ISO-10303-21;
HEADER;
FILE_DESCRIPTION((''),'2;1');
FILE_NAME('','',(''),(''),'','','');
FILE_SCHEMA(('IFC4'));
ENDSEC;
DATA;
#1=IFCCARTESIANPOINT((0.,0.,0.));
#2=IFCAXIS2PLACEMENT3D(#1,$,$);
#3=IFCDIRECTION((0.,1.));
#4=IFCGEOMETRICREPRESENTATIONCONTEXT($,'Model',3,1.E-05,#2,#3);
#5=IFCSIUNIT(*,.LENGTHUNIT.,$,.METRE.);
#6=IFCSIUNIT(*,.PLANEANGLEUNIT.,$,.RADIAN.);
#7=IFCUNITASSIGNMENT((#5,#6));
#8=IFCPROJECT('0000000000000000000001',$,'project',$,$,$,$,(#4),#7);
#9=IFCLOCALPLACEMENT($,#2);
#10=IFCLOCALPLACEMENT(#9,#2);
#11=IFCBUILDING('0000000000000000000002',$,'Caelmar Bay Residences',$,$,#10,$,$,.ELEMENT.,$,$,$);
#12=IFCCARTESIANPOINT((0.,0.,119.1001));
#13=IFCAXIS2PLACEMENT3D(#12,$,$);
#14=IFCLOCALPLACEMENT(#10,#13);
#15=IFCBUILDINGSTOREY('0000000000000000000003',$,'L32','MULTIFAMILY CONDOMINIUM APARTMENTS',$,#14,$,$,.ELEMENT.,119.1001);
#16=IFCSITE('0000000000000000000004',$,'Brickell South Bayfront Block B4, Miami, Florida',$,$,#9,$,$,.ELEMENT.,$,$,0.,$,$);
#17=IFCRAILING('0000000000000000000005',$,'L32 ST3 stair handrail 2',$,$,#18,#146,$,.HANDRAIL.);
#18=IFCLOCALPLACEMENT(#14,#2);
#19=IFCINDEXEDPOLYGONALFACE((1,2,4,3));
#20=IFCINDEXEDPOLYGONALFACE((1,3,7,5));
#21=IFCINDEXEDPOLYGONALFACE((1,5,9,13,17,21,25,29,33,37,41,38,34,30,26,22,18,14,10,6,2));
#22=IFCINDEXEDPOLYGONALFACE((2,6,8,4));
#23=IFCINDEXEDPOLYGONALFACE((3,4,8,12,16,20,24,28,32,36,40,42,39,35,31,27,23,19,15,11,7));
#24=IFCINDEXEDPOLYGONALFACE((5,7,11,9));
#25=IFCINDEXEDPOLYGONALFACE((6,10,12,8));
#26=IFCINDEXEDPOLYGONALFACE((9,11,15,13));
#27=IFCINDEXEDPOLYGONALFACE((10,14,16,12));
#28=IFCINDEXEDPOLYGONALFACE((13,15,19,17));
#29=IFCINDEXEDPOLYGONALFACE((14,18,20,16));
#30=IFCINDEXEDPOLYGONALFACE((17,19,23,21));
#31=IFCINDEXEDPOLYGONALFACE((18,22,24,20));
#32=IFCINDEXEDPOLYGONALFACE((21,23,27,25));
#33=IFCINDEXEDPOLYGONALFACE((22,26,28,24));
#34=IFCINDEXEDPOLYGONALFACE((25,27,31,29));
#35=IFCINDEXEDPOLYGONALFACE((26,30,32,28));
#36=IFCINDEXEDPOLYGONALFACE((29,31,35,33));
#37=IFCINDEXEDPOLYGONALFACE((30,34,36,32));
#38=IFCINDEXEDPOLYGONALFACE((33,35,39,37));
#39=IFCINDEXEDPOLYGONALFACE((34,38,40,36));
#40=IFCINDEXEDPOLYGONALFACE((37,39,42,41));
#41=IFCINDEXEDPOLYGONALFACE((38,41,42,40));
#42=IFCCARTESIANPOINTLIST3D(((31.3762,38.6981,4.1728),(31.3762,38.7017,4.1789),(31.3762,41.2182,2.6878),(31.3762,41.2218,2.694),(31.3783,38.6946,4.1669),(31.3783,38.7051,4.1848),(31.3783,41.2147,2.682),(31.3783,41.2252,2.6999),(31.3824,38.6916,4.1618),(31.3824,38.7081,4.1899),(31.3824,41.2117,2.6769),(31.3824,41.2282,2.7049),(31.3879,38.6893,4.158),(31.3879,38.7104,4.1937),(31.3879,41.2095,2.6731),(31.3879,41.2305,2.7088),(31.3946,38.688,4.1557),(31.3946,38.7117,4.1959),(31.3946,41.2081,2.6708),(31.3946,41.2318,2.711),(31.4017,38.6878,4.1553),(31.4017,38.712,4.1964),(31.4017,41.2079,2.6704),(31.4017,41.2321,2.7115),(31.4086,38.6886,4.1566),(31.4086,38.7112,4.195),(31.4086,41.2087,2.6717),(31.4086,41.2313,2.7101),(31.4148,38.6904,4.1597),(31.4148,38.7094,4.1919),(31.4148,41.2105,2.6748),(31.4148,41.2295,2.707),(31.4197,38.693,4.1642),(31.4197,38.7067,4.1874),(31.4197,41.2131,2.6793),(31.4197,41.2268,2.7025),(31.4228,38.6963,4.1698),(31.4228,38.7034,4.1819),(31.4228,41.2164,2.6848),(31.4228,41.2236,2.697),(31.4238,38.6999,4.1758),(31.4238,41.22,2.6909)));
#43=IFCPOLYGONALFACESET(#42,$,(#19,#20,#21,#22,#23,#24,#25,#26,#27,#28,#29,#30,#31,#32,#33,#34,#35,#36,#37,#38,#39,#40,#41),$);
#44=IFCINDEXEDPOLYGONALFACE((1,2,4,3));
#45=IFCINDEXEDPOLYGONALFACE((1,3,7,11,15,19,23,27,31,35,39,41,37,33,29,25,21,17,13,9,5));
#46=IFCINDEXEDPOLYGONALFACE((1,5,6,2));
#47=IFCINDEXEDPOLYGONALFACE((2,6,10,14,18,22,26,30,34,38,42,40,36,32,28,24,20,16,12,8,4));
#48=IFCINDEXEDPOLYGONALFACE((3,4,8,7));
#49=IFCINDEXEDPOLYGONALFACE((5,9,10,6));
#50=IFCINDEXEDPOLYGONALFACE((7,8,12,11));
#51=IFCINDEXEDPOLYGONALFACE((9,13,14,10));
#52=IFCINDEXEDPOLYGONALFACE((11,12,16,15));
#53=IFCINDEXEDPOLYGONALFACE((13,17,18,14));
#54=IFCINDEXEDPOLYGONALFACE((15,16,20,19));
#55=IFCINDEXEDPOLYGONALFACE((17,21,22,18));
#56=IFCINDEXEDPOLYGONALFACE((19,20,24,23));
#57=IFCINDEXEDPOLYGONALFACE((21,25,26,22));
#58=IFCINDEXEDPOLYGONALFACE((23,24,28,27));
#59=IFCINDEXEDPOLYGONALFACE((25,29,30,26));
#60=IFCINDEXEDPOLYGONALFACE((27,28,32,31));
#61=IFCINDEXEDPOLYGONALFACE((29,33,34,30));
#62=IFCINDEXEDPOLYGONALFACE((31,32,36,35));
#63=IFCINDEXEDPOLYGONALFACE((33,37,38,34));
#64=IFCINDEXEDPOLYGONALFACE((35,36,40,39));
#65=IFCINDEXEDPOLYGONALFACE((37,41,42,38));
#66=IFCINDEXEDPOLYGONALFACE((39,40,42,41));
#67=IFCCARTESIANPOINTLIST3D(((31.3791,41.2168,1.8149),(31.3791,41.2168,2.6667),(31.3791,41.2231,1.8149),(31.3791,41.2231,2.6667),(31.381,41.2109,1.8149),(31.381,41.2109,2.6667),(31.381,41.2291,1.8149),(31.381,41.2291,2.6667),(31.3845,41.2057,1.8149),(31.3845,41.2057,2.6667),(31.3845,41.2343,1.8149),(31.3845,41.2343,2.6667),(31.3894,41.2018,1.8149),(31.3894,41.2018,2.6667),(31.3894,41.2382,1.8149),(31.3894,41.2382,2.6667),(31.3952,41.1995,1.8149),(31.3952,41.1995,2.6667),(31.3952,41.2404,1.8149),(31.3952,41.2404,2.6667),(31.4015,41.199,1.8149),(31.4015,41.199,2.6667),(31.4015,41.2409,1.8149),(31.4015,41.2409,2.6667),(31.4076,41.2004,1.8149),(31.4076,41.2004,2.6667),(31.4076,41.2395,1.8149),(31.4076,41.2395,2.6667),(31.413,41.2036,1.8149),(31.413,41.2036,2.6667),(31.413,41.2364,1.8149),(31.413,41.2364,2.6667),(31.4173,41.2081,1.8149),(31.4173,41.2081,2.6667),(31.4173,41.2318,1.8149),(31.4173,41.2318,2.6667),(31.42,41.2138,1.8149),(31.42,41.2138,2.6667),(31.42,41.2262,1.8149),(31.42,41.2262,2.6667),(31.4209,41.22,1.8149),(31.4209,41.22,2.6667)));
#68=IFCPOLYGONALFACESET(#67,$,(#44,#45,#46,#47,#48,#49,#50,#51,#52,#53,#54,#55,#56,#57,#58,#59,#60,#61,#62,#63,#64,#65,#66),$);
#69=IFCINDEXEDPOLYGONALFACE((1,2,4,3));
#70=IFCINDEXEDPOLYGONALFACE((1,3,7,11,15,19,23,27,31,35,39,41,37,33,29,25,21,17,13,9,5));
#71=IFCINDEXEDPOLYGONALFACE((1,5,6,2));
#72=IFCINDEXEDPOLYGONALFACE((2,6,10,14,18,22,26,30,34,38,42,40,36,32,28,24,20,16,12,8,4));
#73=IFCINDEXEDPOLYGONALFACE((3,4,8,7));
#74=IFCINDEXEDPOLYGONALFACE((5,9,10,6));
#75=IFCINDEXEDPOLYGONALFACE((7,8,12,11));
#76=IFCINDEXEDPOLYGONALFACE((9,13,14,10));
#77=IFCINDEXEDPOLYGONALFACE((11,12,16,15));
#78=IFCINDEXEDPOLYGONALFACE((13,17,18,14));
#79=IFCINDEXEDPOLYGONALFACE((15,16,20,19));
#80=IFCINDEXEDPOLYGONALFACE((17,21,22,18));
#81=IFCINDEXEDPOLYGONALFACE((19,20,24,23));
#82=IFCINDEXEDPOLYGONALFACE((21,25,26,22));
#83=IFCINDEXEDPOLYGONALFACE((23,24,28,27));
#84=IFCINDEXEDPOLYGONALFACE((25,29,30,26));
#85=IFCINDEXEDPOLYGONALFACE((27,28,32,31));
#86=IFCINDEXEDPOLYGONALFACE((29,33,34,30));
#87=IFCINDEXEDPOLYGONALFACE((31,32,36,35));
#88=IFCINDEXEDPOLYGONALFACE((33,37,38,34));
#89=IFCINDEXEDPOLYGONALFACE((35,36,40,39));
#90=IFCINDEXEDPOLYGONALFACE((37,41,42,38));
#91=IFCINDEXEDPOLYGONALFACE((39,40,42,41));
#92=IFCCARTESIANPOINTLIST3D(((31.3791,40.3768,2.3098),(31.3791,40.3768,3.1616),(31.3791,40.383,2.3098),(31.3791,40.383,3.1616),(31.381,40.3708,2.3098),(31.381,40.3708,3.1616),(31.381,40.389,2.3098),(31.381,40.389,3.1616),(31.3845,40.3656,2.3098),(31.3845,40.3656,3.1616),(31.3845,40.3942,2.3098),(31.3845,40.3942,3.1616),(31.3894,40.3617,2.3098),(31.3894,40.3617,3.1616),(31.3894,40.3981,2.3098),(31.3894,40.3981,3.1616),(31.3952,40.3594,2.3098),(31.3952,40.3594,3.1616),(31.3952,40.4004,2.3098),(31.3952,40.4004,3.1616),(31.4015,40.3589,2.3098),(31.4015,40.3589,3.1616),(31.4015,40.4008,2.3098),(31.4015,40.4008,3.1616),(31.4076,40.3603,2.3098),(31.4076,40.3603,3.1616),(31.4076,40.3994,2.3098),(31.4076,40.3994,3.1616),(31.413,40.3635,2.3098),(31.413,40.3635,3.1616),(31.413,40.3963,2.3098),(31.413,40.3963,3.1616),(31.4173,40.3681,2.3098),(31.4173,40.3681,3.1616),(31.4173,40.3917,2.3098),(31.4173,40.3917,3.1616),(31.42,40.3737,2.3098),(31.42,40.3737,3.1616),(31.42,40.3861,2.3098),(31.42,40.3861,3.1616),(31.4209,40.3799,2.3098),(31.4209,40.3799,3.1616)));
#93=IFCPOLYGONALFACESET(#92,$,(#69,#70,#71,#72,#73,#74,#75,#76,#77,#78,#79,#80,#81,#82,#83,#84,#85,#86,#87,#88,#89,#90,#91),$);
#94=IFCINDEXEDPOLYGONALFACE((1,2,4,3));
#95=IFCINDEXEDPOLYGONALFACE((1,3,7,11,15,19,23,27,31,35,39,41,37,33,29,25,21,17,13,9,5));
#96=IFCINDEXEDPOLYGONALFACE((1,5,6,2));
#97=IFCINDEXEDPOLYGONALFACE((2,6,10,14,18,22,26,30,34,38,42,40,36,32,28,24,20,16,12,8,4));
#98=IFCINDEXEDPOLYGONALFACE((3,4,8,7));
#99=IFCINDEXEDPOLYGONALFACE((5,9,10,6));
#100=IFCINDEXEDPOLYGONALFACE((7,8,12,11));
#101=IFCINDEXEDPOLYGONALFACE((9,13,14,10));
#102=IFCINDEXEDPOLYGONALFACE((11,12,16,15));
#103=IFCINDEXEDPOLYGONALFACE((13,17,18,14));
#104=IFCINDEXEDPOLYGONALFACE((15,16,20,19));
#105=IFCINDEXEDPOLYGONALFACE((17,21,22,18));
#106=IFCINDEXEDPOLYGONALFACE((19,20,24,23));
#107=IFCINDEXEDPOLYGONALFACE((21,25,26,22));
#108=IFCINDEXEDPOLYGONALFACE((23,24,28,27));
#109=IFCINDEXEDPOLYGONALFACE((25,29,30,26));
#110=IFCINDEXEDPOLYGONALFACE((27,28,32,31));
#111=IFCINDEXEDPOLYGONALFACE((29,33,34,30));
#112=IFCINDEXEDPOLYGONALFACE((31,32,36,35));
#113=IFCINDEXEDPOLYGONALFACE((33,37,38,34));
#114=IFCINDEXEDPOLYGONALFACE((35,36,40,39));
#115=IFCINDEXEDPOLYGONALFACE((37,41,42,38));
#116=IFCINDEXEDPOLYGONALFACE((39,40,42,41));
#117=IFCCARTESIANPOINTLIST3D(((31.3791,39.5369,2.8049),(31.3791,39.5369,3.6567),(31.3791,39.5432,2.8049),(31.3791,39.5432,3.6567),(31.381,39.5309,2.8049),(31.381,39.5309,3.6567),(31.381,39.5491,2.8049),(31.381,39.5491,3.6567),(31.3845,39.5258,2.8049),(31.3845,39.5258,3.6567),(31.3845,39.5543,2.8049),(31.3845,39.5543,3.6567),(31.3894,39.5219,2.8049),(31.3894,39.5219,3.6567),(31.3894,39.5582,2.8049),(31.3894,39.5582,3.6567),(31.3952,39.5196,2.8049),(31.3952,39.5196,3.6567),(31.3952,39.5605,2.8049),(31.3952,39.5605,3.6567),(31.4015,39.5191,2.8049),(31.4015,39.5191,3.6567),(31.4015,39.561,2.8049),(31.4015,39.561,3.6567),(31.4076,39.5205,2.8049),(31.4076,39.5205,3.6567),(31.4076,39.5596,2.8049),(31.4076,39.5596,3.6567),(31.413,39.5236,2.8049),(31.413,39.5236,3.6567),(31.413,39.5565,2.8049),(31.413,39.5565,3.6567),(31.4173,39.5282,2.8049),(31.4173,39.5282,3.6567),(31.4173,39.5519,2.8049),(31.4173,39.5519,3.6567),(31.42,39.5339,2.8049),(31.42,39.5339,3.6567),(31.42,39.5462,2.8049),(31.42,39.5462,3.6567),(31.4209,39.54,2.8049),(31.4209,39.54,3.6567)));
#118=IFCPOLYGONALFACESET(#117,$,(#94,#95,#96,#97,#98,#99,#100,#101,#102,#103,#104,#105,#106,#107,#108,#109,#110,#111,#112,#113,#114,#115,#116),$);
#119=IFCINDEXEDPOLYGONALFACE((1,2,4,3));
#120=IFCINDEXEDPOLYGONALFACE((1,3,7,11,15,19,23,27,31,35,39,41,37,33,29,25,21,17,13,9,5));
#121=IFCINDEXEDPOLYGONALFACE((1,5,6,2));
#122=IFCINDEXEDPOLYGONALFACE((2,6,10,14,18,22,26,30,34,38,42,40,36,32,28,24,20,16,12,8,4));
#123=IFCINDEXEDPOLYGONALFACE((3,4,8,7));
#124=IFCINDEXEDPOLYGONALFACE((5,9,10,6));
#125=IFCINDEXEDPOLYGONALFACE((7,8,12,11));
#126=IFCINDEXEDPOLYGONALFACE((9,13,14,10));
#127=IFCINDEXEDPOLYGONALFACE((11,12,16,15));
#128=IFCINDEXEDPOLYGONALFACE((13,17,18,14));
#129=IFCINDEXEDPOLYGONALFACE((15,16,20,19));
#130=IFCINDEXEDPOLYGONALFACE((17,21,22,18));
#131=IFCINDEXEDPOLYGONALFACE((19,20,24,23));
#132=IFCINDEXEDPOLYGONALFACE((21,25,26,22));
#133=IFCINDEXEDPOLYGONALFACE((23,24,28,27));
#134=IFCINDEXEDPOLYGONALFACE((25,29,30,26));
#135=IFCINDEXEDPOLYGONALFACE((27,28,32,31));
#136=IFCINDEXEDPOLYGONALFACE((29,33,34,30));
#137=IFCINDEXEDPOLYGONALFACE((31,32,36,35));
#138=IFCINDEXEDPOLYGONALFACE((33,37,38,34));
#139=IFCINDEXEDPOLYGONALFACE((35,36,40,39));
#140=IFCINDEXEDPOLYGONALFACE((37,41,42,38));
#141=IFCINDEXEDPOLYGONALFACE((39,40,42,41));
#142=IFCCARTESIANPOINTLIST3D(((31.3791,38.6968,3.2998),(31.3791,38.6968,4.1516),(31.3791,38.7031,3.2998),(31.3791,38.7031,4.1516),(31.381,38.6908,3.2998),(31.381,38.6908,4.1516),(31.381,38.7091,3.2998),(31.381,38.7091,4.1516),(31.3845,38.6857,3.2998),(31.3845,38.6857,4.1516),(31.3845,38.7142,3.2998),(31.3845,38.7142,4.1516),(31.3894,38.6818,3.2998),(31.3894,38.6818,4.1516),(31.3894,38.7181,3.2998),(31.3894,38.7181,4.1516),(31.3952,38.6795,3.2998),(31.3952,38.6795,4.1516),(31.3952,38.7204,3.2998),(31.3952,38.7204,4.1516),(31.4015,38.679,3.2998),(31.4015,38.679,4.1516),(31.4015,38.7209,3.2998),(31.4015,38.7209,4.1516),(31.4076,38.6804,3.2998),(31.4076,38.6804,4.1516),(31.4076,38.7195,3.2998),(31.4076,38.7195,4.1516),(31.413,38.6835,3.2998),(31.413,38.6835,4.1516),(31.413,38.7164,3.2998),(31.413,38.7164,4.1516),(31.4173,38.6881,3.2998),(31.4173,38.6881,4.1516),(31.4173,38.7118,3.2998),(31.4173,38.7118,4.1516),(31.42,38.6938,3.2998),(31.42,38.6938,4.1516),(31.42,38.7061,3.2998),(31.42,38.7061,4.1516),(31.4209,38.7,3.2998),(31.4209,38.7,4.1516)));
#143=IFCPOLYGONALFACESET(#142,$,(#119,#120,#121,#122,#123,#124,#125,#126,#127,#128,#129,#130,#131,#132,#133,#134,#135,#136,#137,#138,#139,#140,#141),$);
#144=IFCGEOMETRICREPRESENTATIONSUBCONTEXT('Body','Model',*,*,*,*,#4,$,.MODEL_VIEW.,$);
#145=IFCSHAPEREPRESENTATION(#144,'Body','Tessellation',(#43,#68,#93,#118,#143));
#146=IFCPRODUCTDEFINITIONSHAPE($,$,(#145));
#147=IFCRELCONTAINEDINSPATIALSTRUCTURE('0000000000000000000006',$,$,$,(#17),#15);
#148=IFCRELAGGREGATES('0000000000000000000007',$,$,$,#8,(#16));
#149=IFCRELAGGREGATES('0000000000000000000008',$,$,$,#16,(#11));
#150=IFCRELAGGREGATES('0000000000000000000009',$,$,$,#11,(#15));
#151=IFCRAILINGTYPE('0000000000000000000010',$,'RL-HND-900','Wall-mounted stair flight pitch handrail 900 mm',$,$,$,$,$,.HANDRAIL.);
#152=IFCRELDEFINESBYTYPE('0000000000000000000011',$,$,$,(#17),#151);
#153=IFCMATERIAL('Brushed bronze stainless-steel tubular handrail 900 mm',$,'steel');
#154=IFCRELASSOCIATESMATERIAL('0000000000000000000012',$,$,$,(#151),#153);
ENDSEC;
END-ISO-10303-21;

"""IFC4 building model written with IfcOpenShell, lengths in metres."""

from ifc_helpers import new_model, si_unit, direction, frame, origin, origin_2d, place, context, subcontext, project, spatial, circle, extrude, material, type_object, element, save


model = new_model("IFC4")

# Units and contexts
model_context = context("Model", 3, precision=1e-05, world=origin(), true_north=direction((0.0, 1.0)))
body_context = subcontext(model_context, "Body", "Model", "MODEL_VIEW")
ifc_project = project(units=[si_unit("LENGTHUNIT", "METRE"), si_unit("PLANEANGLEUNIT", "RADIAN")], contexts=[model_context])

# Site, building, storey
site_placement = place(None, origin())
site = spatial("IfcSite", under=ifc_project, at=site_placement, Name="Brickell South Bayfront Block B4, Miami, Florida", CompositionType="ELEMENT", RefElevation=0.0)
building_placement = place(site_placement, origin())
building = spatial("IfcBuilding", under=site, at=building_placement, Name="Caelmar Bay Residences", CompositionType="ELEMENT")
storey_placement = place(building_placement, frame((0.0, 0.0, 119.1001)))
storey = spatial("IfcBuildingStorey", under=building, at=storey_placement, Name="L32", Description="MULTIFAMILY CONDOMINIUM APARTMENTS", CompositionType="ELEMENT", Elevation=119.1001)

# Railing
ifc_material_1 = material(Name="Brushed bronze stainless-steel tubular handrail 900 mm", Category="steel")
railing_type_1 = type_object("IfcRailingType", Name="RL-HND-900", Description="Wall-mounted stair flight pitch handrail 900 mm", PredefinedType="HANDRAIL", material=ifc_material_1)
railing_1_placement = place(storey_placement, frame((31.3999, 41.22, 1.8149)))
element("IfcRailing", 1, at=railing_1_placement, inside=storey, type_object=railing_type_1, Name="L32 ST3 stair handrail 2", PredefinedType="HANDRAIL", context=body_context, shape_type="SweptSolid", body=[
    extrude(circle(Radius=0.0239, at=origin_2d()), frame((0.0, 0.0, 0.876), z_axis=(0.0, -0.861561, 0.507655), x_axis=(1.0, 0.0, 0.0)), (0.0, 0.0, 1.0), 2.925),
    extrude(circle(Radius=0.021, at=origin_2d()), origin(), (0.0, 0.0, 1.0), 0.8518),
    extrude(circle(Radius=0.021, at=origin_2d()), frame((0.0, -0.8401, 0.4949)), (0.0, 0.0, 1.0), 0.8518),
    extrude(circle(Radius=0.021, at=origin_2d()), frame((0.0, -1.6799, 0.99)), (0.0, 0.0, 1.0), 0.8518),
    extrude(circle(Radius=0.021, at=origin_2d()), frame((0.0, -2.52, 1.4849)), (0.0, 0.0, 1.0), 0.8518),
])

save(model, "model.ifc")
